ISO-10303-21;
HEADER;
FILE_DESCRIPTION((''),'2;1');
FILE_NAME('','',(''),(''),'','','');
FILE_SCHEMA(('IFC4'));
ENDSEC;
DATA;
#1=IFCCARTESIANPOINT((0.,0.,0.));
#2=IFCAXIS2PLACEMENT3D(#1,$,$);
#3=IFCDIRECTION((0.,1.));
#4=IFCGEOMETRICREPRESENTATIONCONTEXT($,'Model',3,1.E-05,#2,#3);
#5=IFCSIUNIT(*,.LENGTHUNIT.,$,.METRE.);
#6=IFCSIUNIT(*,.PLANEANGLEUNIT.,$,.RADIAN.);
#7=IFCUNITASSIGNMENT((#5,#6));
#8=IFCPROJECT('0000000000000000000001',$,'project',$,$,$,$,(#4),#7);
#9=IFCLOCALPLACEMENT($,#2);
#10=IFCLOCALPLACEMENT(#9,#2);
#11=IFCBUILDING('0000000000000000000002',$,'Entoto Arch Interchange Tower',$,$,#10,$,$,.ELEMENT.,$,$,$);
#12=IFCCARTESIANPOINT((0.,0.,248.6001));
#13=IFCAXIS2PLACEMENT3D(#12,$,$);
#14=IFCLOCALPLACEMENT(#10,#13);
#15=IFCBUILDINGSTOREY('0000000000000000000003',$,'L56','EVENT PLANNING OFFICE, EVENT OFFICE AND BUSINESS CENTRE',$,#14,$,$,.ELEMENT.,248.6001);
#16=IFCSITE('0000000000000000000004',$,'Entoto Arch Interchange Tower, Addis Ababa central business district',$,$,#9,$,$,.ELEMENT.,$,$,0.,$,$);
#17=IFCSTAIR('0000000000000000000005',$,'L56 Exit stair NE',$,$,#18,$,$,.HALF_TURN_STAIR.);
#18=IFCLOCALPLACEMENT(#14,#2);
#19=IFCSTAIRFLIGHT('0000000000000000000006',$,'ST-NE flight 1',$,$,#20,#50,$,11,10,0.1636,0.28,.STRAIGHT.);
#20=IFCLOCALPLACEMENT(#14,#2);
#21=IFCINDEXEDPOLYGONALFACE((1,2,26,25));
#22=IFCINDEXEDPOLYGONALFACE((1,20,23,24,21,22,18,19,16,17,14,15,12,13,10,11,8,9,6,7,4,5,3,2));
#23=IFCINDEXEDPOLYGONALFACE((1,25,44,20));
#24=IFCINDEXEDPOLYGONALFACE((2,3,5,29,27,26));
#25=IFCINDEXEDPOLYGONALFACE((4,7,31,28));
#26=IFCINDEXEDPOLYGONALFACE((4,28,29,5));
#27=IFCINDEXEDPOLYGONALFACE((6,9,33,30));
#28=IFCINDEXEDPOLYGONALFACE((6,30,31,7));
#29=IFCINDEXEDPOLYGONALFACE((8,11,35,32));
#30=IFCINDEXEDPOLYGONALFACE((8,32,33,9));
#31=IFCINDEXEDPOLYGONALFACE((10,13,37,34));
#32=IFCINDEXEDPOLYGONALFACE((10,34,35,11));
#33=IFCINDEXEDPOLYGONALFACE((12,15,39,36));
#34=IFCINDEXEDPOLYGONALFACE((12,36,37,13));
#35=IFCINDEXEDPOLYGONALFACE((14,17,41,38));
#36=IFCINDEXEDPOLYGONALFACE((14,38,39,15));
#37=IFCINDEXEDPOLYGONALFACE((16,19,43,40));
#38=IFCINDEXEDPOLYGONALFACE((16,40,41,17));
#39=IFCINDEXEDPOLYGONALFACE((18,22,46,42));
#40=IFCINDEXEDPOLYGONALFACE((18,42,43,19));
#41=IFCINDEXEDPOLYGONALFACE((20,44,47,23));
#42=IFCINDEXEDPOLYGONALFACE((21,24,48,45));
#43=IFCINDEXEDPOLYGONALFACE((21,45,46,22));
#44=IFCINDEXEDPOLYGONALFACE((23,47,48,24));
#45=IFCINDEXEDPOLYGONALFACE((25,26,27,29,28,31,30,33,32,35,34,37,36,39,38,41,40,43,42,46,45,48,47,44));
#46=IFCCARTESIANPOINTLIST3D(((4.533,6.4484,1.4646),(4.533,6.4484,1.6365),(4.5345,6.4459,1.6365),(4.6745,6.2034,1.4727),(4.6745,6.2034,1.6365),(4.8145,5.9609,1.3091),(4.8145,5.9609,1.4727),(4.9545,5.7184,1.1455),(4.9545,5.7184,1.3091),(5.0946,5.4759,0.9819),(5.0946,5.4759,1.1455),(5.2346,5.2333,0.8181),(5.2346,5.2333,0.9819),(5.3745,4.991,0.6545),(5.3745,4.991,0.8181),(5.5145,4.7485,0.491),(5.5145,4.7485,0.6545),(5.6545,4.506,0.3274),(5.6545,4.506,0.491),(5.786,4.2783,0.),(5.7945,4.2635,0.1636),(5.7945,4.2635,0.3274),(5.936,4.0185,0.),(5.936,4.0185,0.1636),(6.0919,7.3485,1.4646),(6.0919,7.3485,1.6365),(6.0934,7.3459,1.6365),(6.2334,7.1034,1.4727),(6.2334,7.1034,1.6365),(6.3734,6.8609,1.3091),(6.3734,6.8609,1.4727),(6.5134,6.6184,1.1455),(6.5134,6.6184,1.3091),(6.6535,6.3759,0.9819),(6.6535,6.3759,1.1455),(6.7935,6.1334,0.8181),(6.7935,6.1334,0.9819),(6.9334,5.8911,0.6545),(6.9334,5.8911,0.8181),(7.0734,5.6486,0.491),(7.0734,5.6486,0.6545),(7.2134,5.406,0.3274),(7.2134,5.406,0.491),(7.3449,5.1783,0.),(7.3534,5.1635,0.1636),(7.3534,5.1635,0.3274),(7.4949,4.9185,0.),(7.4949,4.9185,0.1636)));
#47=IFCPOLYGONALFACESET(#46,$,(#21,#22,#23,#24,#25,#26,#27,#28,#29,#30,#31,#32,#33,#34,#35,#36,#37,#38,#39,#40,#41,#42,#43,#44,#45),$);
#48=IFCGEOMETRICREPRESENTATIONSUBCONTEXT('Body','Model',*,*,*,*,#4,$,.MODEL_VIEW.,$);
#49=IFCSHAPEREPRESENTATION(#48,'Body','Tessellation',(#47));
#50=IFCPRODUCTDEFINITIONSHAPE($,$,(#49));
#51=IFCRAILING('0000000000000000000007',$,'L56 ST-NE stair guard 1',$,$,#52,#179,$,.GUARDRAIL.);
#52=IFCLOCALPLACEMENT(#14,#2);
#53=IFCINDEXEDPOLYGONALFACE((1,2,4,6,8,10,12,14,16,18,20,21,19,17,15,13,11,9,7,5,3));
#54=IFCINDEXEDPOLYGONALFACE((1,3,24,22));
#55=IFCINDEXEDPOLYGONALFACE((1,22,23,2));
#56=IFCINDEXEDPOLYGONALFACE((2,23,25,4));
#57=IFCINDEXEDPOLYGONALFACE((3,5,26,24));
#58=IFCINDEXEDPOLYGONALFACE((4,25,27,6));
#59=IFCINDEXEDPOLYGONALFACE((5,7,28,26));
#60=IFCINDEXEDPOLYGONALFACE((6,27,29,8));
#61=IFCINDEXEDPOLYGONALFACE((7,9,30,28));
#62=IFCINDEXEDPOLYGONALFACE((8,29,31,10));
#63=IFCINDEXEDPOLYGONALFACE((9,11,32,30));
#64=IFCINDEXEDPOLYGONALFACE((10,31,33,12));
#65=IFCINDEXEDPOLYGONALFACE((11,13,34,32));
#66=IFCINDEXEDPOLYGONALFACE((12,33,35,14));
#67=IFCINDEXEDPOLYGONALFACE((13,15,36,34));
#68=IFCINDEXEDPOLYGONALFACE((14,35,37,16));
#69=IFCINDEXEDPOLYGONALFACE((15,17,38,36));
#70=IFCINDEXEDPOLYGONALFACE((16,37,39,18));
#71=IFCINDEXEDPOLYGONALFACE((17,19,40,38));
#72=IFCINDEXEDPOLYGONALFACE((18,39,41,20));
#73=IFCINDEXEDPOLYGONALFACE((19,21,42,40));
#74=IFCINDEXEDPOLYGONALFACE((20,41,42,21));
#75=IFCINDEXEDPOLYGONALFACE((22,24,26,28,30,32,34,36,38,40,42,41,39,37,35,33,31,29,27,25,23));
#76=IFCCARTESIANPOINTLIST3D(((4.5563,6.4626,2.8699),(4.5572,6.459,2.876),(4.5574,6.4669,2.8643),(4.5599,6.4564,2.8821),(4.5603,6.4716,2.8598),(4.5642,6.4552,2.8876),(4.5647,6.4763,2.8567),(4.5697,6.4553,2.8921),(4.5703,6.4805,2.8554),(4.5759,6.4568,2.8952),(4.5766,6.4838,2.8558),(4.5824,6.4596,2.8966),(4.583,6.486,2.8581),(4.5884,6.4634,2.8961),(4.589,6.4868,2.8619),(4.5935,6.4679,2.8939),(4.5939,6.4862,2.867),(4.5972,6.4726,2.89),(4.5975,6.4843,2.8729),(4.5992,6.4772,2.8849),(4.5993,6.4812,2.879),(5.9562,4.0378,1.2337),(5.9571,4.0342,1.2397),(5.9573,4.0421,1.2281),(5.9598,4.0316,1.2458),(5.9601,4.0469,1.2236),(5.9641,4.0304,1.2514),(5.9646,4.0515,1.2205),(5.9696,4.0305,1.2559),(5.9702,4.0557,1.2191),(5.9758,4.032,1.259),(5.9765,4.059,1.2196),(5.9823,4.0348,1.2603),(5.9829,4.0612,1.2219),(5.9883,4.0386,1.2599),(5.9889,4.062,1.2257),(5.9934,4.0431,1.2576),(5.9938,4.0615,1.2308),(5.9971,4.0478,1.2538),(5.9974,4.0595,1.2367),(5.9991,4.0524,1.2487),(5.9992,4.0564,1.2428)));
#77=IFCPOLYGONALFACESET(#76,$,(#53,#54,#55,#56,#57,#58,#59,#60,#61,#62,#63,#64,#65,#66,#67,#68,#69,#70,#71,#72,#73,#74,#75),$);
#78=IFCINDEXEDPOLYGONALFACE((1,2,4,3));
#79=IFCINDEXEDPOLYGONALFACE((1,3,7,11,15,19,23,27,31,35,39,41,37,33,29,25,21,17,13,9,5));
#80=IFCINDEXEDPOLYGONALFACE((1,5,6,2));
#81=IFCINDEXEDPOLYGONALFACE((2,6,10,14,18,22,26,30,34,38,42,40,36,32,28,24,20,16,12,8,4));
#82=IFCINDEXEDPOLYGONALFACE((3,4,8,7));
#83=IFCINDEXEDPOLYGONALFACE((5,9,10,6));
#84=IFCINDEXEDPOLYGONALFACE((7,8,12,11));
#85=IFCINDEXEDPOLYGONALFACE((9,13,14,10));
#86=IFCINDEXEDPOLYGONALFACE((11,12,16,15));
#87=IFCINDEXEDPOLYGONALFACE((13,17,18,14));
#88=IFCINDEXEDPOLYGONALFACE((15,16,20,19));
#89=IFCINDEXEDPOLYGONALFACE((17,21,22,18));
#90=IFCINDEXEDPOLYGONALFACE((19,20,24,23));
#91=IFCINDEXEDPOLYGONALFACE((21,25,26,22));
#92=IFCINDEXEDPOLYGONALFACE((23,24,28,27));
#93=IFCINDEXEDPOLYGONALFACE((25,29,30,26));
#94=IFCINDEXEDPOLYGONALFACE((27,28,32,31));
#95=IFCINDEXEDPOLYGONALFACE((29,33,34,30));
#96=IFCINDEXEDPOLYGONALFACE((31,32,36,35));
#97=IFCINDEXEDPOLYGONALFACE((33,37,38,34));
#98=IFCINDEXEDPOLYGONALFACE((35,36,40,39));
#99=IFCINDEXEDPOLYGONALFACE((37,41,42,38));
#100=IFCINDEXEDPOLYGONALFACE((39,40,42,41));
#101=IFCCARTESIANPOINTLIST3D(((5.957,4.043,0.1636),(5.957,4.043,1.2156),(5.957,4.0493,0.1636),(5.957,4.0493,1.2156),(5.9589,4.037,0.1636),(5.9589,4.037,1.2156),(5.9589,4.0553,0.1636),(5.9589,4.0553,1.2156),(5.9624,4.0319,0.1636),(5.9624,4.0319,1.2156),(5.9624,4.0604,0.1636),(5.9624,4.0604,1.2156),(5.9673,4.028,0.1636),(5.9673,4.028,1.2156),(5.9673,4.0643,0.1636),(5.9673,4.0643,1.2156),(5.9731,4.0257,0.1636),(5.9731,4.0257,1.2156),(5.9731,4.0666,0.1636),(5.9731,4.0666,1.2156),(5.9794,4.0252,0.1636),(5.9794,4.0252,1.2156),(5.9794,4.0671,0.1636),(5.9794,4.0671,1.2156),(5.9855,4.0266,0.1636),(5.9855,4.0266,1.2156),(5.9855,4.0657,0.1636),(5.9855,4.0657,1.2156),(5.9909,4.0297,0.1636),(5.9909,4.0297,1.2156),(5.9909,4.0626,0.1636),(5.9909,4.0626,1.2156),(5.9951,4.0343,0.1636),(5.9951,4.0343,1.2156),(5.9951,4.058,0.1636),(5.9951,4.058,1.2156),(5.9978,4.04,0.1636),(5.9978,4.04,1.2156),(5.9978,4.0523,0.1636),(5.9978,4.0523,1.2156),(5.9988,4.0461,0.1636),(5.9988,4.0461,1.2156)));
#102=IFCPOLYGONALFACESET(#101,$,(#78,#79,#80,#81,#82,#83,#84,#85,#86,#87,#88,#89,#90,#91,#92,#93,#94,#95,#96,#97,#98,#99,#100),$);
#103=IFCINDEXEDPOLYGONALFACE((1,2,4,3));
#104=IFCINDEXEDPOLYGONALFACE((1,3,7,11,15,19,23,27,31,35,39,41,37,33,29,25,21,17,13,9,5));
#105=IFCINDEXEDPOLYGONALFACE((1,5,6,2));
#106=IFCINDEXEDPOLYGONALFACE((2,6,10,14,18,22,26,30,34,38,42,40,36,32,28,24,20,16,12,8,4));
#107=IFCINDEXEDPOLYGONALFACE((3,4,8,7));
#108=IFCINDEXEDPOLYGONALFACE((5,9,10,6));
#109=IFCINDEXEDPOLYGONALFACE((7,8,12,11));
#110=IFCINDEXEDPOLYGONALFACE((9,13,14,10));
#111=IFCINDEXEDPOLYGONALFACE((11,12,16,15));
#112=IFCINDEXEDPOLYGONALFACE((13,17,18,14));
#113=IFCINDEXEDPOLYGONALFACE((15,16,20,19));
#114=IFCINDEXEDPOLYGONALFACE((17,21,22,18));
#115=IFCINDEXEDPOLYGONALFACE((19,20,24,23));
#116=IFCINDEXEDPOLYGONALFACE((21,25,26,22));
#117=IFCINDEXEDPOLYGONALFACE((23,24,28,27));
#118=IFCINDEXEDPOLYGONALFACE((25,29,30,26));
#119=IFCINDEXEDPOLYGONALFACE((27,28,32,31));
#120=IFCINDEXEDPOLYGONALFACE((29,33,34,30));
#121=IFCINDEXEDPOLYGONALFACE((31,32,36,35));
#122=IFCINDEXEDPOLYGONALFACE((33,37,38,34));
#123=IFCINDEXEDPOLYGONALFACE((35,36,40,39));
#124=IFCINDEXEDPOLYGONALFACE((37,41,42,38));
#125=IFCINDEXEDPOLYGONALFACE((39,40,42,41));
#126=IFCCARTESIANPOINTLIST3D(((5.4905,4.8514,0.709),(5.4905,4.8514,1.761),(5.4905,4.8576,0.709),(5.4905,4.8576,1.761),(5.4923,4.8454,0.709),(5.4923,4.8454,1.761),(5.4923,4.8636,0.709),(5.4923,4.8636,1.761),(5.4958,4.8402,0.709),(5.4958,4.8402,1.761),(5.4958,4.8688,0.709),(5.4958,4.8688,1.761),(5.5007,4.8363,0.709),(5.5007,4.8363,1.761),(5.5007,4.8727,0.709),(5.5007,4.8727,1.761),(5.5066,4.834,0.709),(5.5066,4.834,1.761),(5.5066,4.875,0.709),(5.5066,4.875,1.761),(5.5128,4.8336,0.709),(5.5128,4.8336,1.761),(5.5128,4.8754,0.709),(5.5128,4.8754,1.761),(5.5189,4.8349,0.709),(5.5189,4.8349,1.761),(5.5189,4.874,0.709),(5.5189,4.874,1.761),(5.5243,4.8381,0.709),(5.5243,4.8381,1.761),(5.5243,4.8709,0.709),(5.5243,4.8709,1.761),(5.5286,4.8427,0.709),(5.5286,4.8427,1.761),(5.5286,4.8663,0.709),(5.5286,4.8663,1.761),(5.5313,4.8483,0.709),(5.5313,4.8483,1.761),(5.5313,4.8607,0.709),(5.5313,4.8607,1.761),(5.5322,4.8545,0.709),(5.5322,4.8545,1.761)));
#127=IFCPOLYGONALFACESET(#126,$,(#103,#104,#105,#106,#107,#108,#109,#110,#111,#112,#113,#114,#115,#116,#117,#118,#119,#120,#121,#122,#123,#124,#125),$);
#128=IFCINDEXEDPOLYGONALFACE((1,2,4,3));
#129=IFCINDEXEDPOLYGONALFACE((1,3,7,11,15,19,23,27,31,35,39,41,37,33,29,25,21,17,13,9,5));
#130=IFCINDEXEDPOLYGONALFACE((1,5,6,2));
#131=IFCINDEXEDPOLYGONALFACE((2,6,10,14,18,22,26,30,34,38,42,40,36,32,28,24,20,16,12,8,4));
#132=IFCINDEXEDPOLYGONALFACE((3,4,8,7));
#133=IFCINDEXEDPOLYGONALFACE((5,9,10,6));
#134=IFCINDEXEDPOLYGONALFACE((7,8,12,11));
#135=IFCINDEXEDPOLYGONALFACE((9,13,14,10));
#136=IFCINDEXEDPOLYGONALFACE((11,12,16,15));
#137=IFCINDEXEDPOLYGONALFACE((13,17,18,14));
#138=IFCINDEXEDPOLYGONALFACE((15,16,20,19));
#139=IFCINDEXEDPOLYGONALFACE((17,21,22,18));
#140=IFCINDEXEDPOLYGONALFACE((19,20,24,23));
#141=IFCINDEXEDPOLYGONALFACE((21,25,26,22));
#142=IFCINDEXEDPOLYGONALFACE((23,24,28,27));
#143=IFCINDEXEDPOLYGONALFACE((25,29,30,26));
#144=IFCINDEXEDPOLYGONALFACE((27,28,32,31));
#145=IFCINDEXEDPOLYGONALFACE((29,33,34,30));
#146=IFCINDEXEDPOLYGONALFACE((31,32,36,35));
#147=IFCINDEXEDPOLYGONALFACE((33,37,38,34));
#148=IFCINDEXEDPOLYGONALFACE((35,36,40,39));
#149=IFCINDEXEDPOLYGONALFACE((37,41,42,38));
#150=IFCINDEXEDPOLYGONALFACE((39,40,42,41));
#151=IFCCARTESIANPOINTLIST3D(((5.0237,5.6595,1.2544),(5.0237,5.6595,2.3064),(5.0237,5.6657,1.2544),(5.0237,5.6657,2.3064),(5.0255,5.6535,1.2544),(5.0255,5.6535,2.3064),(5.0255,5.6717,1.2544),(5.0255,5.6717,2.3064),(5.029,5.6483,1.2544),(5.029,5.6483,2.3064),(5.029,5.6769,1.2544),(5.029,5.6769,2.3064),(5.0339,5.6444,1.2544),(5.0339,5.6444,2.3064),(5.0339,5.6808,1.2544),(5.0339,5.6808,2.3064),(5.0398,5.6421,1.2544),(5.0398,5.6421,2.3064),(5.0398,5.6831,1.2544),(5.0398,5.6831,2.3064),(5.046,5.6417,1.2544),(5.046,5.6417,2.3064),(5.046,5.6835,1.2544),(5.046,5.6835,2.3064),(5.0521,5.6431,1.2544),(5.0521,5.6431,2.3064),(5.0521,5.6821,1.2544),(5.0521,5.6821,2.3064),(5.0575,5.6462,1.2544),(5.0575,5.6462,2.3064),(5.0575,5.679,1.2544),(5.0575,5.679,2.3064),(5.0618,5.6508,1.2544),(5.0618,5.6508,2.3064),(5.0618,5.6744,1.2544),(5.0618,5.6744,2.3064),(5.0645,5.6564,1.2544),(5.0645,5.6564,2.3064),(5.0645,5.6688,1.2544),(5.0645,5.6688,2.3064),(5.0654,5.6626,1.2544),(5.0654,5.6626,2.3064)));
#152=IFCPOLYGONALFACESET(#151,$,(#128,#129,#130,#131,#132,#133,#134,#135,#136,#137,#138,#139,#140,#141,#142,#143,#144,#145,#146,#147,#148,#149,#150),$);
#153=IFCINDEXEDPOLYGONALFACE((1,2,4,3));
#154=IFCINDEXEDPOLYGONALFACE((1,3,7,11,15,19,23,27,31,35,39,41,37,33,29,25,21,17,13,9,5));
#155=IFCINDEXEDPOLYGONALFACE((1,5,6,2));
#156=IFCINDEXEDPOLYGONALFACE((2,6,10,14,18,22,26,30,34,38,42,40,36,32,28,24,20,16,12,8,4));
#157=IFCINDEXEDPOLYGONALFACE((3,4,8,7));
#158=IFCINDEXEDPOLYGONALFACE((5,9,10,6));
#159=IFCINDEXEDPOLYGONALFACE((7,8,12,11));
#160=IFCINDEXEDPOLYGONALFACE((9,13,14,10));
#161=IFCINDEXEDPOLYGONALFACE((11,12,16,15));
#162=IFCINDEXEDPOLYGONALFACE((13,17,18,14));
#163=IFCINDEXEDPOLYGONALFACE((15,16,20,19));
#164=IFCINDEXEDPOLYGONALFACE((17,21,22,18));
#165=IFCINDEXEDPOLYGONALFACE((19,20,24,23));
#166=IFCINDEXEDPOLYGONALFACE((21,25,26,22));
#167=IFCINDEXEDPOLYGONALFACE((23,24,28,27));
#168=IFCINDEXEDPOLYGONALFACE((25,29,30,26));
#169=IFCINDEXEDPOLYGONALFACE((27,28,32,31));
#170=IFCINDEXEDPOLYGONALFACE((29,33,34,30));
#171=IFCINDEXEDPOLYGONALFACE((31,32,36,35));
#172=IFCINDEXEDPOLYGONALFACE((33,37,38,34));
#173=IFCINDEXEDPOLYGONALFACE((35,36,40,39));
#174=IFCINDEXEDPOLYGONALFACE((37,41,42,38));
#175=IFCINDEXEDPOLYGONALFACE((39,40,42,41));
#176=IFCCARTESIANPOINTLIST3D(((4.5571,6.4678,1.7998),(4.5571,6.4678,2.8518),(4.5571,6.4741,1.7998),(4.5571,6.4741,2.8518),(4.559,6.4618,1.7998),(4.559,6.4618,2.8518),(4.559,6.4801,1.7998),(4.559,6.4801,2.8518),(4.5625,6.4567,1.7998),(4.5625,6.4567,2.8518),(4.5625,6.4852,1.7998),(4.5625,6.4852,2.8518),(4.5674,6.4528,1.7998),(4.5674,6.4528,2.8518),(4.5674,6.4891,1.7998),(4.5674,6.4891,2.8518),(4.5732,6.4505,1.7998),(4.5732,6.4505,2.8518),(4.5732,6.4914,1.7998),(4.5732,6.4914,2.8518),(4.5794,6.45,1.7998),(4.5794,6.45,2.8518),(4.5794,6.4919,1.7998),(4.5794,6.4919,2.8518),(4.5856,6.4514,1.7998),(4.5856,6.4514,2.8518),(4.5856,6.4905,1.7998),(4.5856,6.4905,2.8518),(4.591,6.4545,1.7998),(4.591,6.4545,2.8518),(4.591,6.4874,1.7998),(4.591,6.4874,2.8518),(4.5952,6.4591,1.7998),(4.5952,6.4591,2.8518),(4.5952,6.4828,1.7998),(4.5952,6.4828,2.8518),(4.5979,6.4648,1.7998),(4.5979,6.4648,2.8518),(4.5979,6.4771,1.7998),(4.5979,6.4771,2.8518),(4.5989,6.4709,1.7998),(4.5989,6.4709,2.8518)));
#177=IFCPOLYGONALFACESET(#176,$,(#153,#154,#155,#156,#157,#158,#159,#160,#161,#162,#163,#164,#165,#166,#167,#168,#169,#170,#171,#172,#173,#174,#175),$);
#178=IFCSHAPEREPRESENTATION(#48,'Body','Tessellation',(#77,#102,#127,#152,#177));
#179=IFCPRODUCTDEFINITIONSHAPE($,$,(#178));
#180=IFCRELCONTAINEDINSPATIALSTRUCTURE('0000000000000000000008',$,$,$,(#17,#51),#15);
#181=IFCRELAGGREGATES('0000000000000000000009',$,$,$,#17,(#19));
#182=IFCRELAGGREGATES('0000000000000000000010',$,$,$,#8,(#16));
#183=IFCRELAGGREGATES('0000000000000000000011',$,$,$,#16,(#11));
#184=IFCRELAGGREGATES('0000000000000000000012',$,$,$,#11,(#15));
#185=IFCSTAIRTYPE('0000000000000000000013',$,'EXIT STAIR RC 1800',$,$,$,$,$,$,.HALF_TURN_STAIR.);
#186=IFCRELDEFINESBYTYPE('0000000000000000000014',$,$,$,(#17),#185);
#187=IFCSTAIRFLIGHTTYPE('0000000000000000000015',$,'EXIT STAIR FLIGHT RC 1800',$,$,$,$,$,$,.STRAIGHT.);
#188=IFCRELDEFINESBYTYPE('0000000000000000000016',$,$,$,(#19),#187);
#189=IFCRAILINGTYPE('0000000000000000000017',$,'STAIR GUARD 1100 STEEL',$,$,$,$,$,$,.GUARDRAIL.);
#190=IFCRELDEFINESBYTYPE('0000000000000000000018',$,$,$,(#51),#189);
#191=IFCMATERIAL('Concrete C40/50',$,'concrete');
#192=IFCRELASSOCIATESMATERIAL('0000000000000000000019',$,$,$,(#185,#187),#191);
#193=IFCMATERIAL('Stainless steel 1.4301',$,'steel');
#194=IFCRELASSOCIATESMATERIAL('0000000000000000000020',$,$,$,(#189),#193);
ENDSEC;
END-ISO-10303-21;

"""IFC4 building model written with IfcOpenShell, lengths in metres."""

from ifc_helpers import new_model, si_unit, direction, frame, origin, origin_2d, place, context, subcontext, project, spatial, polyline, circle, outline, extrude, material, type_object, element, aggregate, save


model = new_model("IFC4")

# Units and contexts
model_context = context("Model", 3, precision=1e-05, world=origin(), true_north=direction((0.0, 1.0)))
body_context = subcontext(model_context, "Body", "Model", "MODEL_VIEW")
ifc_project = project(units=[si_unit("LENGTHUNIT", "METRE"), si_unit("PLANEANGLEUNIT", "RADIAN")], contexts=[model_context])

# Site, building, storey
site_placement = place(None, origin())
site = spatial("IfcSite", under=ifc_project, at=site_placement, Name="Entoto Arch Interchange Tower, Addis Ababa central business district", CompositionType="ELEMENT", RefElevation=0.0)
building_placement = place(site_placement, origin())
building = spatial("IfcBuilding", under=site, at=building_placement, Name="Entoto Arch Interchange Tower", CompositionType="ELEMENT")
storey_placement = place(building_placement, frame((0.0, 0.0, 248.6001)))
storey = spatial("IfcBuildingStorey", under=building, at=storey_placement, Name="L56", Description="EVENT PLANNING OFFICE, EVENT OFFICE AND BUSINESS CENTRE", CompositionType="ELEMENT", Elevation=248.6001)

# Shared definitions
ifc_material_1 = material(Name="Concrete C40/50", Category="concrete")

# Stair, stair flight
stair_type = type_object("IfcStairType", Name="EXIT STAIR RC 1800", PredefinedType="HALF_TURN_STAIR", material=ifc_material_1)
stair_placement = place(storey_placement, origin())
stair = element("IfcStair", 1, at=stair_placement, inside=storey, type_object=stair_type, Name="L56 Exit stair NE", PredefinedType="HALF_TURN_STAIR")
stair_flight_type = type_object("IfcStairFlightType", Name="EXIT STAIR FLIGHT RC 1800", PredefinedType="STRAIGHT", material=ifc_material_1)
stair_flight_placement = place(storey_placement, frame((6.7139, 4.4709, 0.0), z_axis=(0.0, 0.0, 1.0), x_axis=(-0.5, 0.866025, 0.0)))
stair_flight = element("IfcStairFlight", 2, at=stair_flight_placement, type_object=stair_flight_type, Name="ST-NE flight 1", NumberOfRisers=11, NumberOfTreads=10, PredefinedType="STRAIGHT", RiserHeight=0.1636, TreadLength=0.28, context=body_context, shape_type="SweptSolid", body=[
    extrude(outline(polyline([(-0.0029, 0.0), (-0.0029, 0.1636), (0.28, 0.1636), (0.28, 0.3274), (0.5601, 0.3274), (0.5601, 0.491), (0.8401, 0.491), (0.8401, 0.6545), (1.1201, 0.6545), (1.1201, 0.8181), (1.3999, 0.8181), (1.3999, 0.9819), (1.6799, 0.9819), (1.6799, 1.1455), (1.96, 1.1455), (1.96, 1.3091), (2.24, 1.3091), (2.24, 1.4727), (2.52, 1.4727), (2.52, 1.6365), (2.8, 1.6365), (2.803, 1.6365), (2.803, 1.4646), (0.2971, 0.0), (-0.0029, 0.0)])), frame((0.0, 0.8999, 0.0), z_axis=(0.0, -1.0, 0.0), x_axis=(1.0, 0.0, 0.0)), (0.0, 0.0, 1.0), 1.8),
])
aggregate(stair, [stair_flight])

# Railing
ifc_material_2 = material(Name="Stainless steel 1.4301", Category="steel")
railing_type_1 = type_object("IfcRailingType", Name="STAIR GUARD 1100 STEEL", PredefinedType="GUARDRAIL", material=ifc_material_2)
railing_1_placement = place(storey_placement, frame((5.9778, 4.0461, 0.1636)))
element("IfcRailing", 3, at=railing_1_placement, inside=storey, type_object=railing_type_1, Name="L56 ST-NE stair guard 1", PredefinedType="GUARDRAIL", context=body_context, shape_type="SweptSolid", body=[
    extrude(circle(Radius=0.0239, at=origin_2d()), frame((0.0, 0.0, 1.0762), z_axis=(-0.431677, 0.747718, 0.504552), x_axis=(-0.866035, -0.499984, 0.0)), (0.0, 0.0, 1.0), 3.2429),
    extrude(circle(Radius=0.021, at=origin_2d()), origin(), (0.0, 0.0, 1.0), 1.052),
    extrude(circle(Radius=0.021, at=origin_2d()), frame((-0.4666, 0.8083, 0.5454)), (0.0, 0.0, 1.0), 1.052),
    extrude(circle(Radius=0.021, at=origin_2d()), frame((-0.9333, 1.6165, 1.0908)), (0.0, 0.0, 1.0), 1.052),
    extrude(circle(Radius=0.021, at=origin_2d()), frame((-1.3999, 2.4248, 1.6362)), (0.0, 0.0, 1.0), 1.052),
])

save(model, "model.ifc")
